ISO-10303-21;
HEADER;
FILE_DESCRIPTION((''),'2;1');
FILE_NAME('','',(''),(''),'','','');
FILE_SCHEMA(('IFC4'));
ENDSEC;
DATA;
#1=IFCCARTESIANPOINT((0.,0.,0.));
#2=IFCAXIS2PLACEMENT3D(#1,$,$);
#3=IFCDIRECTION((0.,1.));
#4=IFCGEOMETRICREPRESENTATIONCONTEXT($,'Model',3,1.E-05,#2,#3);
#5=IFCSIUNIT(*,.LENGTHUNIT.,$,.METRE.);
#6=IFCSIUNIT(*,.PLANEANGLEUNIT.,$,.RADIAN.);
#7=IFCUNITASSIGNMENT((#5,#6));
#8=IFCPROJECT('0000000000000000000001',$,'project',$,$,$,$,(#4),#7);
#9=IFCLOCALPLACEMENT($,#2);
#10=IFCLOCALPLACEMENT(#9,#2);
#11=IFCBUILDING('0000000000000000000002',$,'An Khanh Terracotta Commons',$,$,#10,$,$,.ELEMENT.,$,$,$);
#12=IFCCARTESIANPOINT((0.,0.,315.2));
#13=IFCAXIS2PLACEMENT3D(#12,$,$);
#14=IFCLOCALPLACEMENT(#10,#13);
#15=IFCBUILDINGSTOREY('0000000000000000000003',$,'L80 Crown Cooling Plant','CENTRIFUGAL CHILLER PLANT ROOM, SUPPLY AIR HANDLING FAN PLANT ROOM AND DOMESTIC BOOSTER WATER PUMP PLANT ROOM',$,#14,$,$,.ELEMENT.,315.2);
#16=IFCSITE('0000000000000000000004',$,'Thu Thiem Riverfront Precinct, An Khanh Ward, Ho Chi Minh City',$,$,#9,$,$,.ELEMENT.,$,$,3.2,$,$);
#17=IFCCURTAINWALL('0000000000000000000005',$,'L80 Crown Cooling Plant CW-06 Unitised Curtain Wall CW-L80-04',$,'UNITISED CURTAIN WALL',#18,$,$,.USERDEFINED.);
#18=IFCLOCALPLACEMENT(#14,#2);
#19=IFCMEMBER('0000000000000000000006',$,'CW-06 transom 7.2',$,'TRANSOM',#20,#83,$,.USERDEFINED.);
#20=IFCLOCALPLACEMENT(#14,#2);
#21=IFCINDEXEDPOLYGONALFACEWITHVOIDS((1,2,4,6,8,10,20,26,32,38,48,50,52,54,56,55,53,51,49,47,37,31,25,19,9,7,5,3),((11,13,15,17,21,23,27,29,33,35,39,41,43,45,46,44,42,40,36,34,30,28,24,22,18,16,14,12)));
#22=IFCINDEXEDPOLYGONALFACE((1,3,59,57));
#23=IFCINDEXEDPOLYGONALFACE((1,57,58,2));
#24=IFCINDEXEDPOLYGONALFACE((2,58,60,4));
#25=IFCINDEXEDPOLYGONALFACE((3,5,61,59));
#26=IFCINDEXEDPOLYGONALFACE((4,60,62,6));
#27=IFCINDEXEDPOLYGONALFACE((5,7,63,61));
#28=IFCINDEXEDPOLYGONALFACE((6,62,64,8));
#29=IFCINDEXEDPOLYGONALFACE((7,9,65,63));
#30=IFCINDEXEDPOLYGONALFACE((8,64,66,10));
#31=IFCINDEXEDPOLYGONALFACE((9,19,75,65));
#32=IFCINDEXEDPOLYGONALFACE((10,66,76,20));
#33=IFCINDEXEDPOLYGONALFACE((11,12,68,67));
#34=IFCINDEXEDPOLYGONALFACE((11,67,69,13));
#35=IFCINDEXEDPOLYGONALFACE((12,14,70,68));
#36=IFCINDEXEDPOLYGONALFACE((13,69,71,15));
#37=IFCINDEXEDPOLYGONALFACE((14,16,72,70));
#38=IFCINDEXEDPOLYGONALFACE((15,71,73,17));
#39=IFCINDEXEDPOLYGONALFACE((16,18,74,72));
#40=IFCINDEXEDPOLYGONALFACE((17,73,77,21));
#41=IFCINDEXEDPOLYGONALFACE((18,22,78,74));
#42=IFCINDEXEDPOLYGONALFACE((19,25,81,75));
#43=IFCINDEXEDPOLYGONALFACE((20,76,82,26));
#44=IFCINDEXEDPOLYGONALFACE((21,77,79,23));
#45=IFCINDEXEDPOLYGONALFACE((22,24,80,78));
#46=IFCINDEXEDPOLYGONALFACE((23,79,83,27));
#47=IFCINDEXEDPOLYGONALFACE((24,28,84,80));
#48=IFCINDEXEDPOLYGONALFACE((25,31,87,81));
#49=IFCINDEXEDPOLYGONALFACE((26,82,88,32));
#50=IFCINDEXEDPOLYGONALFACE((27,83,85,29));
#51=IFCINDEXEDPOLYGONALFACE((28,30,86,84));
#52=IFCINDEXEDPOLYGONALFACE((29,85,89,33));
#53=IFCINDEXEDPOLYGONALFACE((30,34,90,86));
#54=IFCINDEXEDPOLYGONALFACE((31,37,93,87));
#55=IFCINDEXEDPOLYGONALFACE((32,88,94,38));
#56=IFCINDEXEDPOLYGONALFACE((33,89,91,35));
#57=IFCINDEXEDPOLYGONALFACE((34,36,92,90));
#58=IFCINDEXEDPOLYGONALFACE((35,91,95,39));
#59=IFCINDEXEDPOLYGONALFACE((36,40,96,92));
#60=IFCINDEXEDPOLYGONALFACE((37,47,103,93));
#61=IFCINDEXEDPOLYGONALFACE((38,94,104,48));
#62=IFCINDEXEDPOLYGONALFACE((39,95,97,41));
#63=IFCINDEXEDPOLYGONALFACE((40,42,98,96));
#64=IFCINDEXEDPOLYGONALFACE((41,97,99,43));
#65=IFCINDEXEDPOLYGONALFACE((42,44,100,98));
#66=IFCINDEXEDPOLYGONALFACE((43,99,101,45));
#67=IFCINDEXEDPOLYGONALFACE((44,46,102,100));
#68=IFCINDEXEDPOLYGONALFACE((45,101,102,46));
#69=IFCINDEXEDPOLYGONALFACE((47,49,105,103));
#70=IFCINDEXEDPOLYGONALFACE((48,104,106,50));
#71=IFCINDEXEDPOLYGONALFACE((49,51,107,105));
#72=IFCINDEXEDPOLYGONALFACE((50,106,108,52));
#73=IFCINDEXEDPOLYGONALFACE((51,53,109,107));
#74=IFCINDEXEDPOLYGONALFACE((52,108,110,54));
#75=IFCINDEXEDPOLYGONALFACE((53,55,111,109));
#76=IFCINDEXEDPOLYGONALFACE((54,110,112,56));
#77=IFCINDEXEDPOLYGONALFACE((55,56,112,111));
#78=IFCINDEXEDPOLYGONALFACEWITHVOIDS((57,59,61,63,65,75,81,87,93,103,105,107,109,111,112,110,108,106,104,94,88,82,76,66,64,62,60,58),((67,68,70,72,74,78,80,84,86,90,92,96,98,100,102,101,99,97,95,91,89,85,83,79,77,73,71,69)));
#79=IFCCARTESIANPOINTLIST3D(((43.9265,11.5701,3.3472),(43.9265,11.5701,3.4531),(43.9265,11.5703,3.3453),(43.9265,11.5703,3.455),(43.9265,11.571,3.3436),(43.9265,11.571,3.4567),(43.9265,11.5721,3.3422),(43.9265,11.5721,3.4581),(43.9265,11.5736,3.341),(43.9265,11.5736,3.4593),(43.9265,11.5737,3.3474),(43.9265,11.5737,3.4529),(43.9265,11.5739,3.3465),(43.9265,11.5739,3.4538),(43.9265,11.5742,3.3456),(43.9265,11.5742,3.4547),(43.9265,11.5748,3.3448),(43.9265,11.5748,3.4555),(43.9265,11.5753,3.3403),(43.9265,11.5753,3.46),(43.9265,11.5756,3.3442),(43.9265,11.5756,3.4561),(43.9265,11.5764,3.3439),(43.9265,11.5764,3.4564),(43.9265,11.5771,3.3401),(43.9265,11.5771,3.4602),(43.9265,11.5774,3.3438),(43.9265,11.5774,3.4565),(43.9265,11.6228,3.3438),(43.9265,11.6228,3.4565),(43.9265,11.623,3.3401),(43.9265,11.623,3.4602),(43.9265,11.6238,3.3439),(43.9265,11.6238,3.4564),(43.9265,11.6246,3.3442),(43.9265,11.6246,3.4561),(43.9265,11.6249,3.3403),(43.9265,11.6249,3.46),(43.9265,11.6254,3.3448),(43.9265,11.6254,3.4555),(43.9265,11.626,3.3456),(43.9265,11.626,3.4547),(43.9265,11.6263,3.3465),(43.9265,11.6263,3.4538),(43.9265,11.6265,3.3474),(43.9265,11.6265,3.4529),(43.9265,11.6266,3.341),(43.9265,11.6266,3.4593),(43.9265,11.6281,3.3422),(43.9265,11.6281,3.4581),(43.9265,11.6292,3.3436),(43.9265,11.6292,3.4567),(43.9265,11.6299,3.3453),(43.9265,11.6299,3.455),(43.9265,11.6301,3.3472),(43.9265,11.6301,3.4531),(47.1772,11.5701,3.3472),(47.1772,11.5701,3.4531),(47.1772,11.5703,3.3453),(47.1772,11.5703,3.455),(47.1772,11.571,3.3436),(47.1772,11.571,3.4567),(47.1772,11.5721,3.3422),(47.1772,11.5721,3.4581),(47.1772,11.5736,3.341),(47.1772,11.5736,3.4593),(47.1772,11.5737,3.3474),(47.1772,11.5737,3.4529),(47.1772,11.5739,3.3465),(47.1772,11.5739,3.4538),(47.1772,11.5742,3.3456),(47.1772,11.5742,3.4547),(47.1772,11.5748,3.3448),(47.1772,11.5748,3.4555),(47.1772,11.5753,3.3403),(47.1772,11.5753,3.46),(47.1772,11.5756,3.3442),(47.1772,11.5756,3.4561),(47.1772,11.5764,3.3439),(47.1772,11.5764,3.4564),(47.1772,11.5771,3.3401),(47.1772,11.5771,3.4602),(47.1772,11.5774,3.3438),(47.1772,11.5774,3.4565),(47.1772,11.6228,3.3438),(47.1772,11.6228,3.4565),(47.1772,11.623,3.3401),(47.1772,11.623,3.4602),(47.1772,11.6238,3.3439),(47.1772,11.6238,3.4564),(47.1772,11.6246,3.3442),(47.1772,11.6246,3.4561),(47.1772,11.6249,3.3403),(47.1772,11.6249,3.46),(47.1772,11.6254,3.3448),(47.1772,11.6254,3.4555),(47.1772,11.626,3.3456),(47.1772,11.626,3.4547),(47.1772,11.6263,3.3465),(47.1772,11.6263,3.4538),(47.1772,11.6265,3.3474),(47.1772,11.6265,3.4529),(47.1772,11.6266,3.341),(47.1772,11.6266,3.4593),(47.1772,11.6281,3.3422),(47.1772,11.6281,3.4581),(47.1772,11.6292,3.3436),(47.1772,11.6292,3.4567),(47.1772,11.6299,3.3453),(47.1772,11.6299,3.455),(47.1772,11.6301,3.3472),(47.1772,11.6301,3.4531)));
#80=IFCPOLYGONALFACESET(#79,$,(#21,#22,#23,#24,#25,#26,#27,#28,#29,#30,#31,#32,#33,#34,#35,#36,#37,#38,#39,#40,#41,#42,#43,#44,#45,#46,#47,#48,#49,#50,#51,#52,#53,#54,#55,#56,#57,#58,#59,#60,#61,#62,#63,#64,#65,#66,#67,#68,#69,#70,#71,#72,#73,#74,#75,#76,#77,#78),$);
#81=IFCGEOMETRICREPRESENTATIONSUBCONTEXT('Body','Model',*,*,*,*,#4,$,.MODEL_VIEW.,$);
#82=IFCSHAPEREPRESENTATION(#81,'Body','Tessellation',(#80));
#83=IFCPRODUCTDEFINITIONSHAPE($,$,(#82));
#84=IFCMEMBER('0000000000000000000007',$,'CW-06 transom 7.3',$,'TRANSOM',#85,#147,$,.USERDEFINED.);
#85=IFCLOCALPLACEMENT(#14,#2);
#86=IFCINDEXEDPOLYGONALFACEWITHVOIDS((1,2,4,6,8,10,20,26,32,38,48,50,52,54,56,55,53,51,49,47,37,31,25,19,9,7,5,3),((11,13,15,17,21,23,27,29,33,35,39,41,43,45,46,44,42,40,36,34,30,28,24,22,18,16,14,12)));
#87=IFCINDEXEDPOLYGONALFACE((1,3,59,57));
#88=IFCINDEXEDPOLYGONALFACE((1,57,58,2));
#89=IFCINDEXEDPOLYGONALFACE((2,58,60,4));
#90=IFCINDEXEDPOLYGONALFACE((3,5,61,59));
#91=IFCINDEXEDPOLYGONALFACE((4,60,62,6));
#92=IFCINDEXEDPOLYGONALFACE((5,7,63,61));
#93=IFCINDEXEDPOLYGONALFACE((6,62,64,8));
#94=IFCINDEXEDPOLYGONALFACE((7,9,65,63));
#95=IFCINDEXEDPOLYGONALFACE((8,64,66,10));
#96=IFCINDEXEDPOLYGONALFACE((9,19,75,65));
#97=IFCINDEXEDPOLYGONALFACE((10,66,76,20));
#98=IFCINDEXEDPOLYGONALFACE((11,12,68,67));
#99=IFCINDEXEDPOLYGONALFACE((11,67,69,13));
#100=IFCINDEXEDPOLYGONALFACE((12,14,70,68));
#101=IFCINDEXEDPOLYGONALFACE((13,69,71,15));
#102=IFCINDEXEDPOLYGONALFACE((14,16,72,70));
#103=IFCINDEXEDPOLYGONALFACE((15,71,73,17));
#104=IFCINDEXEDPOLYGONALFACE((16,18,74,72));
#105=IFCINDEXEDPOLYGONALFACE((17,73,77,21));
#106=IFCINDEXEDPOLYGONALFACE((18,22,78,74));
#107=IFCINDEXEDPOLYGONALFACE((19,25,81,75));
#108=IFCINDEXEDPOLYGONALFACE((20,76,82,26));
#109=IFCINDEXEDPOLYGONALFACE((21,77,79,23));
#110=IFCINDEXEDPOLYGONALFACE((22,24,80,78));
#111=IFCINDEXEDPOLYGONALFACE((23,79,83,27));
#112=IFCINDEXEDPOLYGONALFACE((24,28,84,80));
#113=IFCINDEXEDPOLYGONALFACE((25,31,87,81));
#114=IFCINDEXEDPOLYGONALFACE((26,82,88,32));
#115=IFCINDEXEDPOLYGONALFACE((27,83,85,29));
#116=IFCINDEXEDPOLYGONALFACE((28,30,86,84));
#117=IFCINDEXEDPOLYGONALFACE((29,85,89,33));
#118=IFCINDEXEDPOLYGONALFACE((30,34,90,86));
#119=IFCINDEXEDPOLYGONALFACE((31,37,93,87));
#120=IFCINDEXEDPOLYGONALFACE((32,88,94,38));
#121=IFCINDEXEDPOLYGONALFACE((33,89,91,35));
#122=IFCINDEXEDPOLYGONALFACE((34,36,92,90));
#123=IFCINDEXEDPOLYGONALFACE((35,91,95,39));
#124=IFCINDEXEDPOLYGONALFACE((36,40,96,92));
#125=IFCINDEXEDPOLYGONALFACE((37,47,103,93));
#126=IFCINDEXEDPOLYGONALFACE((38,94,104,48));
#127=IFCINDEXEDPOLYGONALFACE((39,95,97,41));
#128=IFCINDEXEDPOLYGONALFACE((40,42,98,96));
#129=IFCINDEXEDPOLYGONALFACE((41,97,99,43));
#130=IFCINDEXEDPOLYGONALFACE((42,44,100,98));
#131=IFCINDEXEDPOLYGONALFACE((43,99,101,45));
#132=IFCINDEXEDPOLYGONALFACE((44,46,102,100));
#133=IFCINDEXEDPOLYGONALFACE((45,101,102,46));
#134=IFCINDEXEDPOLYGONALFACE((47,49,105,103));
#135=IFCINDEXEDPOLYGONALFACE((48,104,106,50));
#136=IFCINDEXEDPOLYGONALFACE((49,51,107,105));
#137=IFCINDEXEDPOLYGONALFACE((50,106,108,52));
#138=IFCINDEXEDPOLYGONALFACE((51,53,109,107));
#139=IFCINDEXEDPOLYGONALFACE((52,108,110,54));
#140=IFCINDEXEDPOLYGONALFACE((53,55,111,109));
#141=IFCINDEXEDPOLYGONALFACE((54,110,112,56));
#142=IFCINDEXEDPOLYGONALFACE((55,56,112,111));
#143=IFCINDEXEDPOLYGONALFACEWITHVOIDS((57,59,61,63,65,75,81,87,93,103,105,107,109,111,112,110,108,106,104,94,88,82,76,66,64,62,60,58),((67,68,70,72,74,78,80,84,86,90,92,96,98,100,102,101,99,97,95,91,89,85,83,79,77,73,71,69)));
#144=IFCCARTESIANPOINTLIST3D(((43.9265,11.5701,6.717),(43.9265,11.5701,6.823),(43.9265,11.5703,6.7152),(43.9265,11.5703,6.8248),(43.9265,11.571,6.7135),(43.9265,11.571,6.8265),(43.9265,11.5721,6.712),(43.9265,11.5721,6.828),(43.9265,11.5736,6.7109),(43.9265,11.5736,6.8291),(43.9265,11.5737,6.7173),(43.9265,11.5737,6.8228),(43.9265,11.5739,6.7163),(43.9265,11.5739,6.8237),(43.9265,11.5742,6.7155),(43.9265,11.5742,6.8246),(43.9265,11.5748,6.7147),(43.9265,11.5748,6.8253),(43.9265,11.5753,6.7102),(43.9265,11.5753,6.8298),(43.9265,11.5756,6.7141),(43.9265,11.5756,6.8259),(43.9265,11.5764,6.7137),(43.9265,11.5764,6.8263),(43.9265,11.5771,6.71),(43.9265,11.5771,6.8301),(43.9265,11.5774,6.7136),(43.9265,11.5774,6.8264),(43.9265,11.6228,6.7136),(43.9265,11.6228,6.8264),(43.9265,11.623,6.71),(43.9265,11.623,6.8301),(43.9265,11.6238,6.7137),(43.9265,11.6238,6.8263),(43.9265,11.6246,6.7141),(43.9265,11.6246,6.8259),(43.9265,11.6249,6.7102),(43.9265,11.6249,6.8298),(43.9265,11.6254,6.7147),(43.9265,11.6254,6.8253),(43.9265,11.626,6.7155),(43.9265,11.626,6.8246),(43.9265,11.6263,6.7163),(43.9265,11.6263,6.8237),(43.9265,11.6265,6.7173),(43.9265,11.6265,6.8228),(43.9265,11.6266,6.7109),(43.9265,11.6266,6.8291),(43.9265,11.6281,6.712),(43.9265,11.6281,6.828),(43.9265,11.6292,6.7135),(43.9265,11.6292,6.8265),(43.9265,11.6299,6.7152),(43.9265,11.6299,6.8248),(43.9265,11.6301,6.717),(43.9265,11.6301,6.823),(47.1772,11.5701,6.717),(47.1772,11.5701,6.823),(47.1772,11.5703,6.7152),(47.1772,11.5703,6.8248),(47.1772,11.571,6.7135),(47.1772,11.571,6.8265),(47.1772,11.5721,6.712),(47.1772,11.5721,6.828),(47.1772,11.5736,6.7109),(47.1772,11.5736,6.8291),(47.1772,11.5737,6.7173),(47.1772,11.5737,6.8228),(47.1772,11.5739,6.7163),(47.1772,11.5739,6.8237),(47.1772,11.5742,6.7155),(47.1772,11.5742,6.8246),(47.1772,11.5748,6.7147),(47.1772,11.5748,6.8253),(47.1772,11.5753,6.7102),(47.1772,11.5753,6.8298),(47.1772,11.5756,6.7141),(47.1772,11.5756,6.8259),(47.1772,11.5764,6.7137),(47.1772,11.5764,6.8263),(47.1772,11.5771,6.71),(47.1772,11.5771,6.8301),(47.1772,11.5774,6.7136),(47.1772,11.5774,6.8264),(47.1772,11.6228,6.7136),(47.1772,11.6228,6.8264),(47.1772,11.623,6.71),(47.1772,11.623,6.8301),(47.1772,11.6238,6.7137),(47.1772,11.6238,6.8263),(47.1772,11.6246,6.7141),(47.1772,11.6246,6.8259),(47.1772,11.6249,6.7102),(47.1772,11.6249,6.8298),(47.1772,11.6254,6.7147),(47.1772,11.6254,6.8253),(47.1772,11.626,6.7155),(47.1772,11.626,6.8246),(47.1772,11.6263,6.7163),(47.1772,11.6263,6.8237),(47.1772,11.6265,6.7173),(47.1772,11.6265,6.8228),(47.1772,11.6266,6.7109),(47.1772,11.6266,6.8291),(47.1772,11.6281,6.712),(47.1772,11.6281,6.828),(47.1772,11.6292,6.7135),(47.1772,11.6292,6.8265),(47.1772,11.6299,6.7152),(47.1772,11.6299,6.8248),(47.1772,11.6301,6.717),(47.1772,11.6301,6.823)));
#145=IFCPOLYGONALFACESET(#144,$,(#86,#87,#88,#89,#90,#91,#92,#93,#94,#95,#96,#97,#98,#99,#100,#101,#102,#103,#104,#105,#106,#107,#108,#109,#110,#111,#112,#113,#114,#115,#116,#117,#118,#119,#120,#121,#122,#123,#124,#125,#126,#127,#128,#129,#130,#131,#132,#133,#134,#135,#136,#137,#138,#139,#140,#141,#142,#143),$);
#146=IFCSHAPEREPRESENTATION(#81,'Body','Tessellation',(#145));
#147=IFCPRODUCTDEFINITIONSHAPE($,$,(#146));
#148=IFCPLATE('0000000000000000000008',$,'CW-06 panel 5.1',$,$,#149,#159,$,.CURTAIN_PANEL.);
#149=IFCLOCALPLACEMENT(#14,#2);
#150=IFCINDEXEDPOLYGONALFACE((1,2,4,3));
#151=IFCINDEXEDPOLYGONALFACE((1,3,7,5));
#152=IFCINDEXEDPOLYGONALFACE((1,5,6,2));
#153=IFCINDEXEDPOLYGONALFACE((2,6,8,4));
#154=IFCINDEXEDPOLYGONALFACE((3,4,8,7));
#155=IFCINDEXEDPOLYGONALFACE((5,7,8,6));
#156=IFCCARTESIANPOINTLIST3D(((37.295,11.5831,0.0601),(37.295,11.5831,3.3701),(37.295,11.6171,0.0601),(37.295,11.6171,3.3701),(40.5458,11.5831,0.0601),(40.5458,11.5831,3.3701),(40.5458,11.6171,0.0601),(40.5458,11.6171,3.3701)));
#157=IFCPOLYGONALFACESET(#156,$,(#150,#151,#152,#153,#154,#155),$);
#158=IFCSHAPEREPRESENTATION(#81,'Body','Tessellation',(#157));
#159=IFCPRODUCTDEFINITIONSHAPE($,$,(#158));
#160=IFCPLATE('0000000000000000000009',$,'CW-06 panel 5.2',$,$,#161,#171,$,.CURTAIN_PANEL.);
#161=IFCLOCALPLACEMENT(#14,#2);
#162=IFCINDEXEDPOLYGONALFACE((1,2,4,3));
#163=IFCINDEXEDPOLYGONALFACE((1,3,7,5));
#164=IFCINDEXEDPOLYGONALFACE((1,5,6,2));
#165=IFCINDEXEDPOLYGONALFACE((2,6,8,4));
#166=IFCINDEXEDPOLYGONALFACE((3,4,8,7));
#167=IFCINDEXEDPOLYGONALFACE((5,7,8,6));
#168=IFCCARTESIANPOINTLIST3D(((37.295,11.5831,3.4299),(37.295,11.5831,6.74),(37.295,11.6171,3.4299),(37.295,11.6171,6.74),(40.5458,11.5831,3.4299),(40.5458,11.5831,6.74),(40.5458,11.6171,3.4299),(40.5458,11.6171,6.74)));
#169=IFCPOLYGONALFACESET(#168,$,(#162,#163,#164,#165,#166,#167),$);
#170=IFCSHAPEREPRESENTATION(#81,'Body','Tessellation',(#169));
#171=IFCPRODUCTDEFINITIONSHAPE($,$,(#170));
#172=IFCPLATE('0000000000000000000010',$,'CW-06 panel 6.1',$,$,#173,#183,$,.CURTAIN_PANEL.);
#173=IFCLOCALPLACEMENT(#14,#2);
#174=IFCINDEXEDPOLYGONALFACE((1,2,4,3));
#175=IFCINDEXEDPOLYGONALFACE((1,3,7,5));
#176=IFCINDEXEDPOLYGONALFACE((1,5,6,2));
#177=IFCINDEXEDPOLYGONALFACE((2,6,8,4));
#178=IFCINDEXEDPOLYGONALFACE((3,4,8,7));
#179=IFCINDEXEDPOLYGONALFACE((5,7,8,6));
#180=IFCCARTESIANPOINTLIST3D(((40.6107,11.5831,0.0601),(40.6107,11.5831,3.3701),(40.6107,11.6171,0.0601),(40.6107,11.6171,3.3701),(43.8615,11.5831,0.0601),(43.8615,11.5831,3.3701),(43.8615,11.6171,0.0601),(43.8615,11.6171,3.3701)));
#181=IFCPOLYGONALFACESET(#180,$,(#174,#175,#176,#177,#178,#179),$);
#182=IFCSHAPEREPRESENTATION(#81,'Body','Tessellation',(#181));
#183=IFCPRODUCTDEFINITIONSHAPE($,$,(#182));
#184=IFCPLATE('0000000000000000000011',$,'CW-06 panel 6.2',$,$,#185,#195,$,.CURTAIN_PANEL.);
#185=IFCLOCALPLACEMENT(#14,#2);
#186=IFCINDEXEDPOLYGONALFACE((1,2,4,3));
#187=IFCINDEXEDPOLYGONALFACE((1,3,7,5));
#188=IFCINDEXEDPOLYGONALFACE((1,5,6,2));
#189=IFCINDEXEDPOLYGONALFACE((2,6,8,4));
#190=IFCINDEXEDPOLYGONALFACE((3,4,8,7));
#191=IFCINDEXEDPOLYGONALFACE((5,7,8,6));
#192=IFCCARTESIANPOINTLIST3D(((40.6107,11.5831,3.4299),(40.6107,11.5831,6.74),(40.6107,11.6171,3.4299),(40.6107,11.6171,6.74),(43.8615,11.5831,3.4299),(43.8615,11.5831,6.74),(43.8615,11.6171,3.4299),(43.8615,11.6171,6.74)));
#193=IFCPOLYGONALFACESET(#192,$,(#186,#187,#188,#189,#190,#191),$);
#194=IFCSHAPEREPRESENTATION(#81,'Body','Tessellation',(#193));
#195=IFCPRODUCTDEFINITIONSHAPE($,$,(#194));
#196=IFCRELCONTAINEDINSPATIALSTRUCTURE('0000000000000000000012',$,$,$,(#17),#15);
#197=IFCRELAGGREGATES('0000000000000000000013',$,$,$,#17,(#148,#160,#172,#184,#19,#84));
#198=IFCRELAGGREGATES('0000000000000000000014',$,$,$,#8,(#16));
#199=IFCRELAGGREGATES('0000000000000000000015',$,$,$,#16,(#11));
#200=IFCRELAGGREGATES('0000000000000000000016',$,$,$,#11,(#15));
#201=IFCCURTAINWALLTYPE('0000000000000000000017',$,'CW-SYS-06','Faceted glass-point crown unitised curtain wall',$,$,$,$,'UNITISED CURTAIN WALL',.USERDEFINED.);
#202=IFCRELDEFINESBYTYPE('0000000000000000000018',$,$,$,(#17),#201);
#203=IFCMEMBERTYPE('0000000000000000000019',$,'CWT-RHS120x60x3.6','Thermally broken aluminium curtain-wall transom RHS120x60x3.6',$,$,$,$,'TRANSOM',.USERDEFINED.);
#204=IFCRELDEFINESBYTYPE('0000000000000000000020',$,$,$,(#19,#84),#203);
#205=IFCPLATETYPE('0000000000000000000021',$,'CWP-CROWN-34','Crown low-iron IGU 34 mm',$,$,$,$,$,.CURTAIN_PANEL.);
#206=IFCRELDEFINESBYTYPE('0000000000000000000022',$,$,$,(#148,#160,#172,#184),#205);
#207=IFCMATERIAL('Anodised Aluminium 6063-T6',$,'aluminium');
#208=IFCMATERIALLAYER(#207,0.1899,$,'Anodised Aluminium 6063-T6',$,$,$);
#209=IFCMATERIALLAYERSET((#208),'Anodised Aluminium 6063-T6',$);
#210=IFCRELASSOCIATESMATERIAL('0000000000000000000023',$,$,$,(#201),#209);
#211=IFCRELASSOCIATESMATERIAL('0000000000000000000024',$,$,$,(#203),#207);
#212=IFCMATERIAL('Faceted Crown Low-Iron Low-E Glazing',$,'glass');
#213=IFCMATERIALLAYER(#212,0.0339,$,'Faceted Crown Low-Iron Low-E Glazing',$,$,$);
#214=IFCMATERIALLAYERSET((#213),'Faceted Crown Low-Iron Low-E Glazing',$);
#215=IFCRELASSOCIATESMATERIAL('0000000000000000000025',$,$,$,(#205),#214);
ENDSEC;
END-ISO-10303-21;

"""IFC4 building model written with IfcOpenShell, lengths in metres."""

from ifc_helpers import new_model, si_unit, direction, frame, origin, origin_2d, place, context, subcontext, project, spatial, rectangle, hollow_rectangle, extrude, material, layer, layer_set, material_profile, profile_set, type_object, element, aggregate, save


model = new_model("IFC4")

# Units and contexts
model_context = context("Model", 3, precision=1e-05, world=origin(), true_north=direction((0.0, 1.0)))
body_context = subcontext(model_context, "Body", "Model", "MODEL_VIEW")
ifc_project = project(units=[si_unit("LENGTHUNIT", "METRE"), si_unit("PLANEANGLEUNIT", "RADIAN")], contexts=[model_context])

# Site, building, storey
site_placement = place(None, origin())
site = spatial("IfcSite", under=ifc_project, at=site_placement, Name="Thu Thiem Riverfront Precinct, An Khanh Ward, Ho Chi Minh City", CompositionType="ELEMENT", RefElevation=3.2)
building_placement = place(site_placement, origin())
building = spatial("IfcBuilding", under=site, at=building_placement, Name="An Khanh Terracotta Commons", CompositionType="ELEMENT")
storey_placement = place(building_placement, frame((0.0, 0.0, 315.2)))
storey = spatial("IfcBuildingStorey", under=building, at=storey_placement, Name="L80 Crown Cooling Plant", Description="CENTRIFUGAL CHILLER PLANT ROOM, SUPPLY AIR HANDLING FAN PLANT ROOM AND DOMESTIC BOOSTER WATER PUMP PLANT ROOM", CompositionType="ELEMENT", Elevation=315.2)

# Curtain wall, members, plates
ifc_material_1 = material(Name="Anodised Aluminium 6063-T6", Category="aluminium")
ifc_layer_1 = layer(ifc_material_1, 0.1899, Name="Anodised Aluminium 6063-T6")
ifc_layer_set_1 = layer_set([ifc_layer_1], Name="Anodised Aluminium 6063-T6")
curtain_wall_type = type_object("IfcCurtainWallType", Name="CW-SYS-06", Description="Faceted glass-point crown unitised curtain wall", ElementType="UNITISED CURTAIN WALL", PredefinedType="USERDEFINED", material=ifc_layer_set_1)
curtain_wall_placement = place(storey_placement, origin())
curtain_wall = element("IfcCurtainWall", 1, at=curtain_wall_placement, inside=storey, type_object=curtain_wall_type, Name="L80 Crown Cooling Plant CW-06 Unitised Curtain Wall CW-L80-04", ObjectType="UNITISED CURTAIN WALL", PredefinedType="USERDEFINED")
ifc_material_profile_1 = material_profile(ifc_material_1, hollow_rectangle(XDim=0.0601, YDim=0.1201, WallThickness=0.0037, InnerFilletRadius=0.0037, OuterFilletRadius=0.0071, at=origin_2d()), Name="RHS120x60x3.6")
ifc_profile_set_1 = profile_set([ifc_material_profile_1], Name="Anodised Aluminium 6063-T6")
member_type_1 = type_object("IfcMemberType", Name="CWT-RHS120x60x3.6", Description="Thermally broken aluminium curtain-wall transom RHS120x60x3.6", ElementType="TRANSOM", PredefinedType="USERDEFINED", material=ifc_profile_set_1)
member_1_placement = place(storey_placement, frame((43.9265, 11.6001, 3.4001), z_axis=(1.0, 0.0, 0.0), x_axis=(0.0, 1.0, 0.0)))
member_1 = element("IfcMember", 2, at=member_1_placement, type_object=member_type_1, Name="CW-06 transom 7.2", ObjectType="TRANSOM", PredefinedType="USERDEFINED", context=body_context, shape_type="SweptSolid", body=[
    extrude(hollow_rectangle(XDim=0.0601, YDim=0.1201, WallThickness=0.0037, InnerFilletRadius=0.0037, OuterFilletRadius=0.0071, at=origin_2d()), origin(), (0.0, 0.0, 1.0), 3.2507),
])
member_2_placement = place(storey_placement, frame((43.9265, 11.6001, 6.77), z_axis=(1.0, 0.0, 0.0), x_axis=(0.0, 1.0, 0.0)))
member_2 = element("IfcMember", 3, at=member_2_placement, type_object=member_type_1, Name="CW-06 transom 7.3", ObjectType="TRANSOM", PredefinedType="USERDEFINED", context=body_context, shape_type="SweptSolid", body=[
    extrude(hollow_rectangle(XDim=0.0601, YDim=0.1201, WallThickness=0.0037, InnerFilletRadius=0.0037, OuterFilletRadius=0.0071, at=origin_2d()), origin(), (0.0, 0.0, 1.0), 3.2507),
])
ifc_material_2 = material(Name="Faceted Crown Low-Iron Low-E Glazing", Category="glass")
ifc_layer_2 = layer(ifc_material_2, 0.0339, Name="Faceted Crown Low-Iron Low-E Glazing")
ifc_layer_set_2 = layer_set([ifc_layer_2], Name="Faceted Crown Low-Iron Low-E Glazing")
plate_type_1 = type_object("IfcPlateType", Name="CWP-CROWN-34", Description="Crown low-iron IGU 34 mm", PredefinedType="CURTAIN_PANEL", material=ifc_layer_set_2)
plate_1_placement = place(storey_placement, frame((38.9204, 11.6001, 0.0601), z_axis=(0.0, 0.0, 1.0), x_axis=(1.0, 0.0, 0.0)))
plate_1 = element("IfcPlate", 4, at=plate_1_placement, type_object=plate_type_1, Name="CW-06 panel 5.1", PredefinedType="CURTAIN_PANEL", context=body_context, shape_type="SweptSolid", body=[
    extrude(rectangle(XDim=3.2507, YDim=0.0339, at=origin_2d()), origin(), (0.0, 0.0, 1.0), 3.3101),
])
plate_2_placement = place(storey_placement, frame((38.9204, 11.6001, 3.4299), z_axis=(0.0, 0.0, 1.0), x_axis=(1.0, 0.0, 0.0)))
plate_2 = element("IfcPlate", 5, at=plate_2_placement, type_object=plate_type_1, Name="CW-06 panel 5.2", PredefinedType="CURTAIN_PANEL", context=body_context, shape_type="SweptSolid", body=[
    extrude(rectangle(XDim=3.2507, YDim=0.0339, at=origin_2d()), origin(), (0.0, 0.0, 1.0), 3.3101),
])
plate_3_placement = place(storey_placement, frame((42.2361, 11.6001, 0.0601), z_axis=(0.0, 0.0, 1.0), x_axis=(1.0, 0.0, 0.0)))
plate_3 = element("IfcPlate", 6, at=plate_3_placement, type_object=plate_type_1, Name="CW-06 panel 6.1", PredefinedType="CURTAIN_PANEL", context=body_context, shape_type="SweptSolid", body=[
    extrude(rectangle(XDim=3.2507, YDim=0.0339, at=origin_2d()), origin(), (0.0, 0.0, 1.0), 3.3101),
])
plate_4_placement = place(storey_placement, frame((42.2361, 11.6001, 3.4299), z_axis=(0.0, 0.0, 1.0), x_axis=(1.0, 0.0, 0.0)))
plate_4 = element("IfcPlate", 7, at=plate_4_placement, type_object=plate_type_1, Name="CW-06 panel 6.2", PredefinedType="CURTAIN_PANEL", context=body_context, shape_type="SweptSolid", body=[
    extrude(rectangle(XDim=3.2507, YDim=0.0339, at=origin_2d()), origin(), (0.0, 0.0, 1.0), 3.3101),
])
aggregate(curtain_wall, [plate_1, plate_2, plate_3, plate_4, member_1, member_2])

save(model, "model.ifc")
